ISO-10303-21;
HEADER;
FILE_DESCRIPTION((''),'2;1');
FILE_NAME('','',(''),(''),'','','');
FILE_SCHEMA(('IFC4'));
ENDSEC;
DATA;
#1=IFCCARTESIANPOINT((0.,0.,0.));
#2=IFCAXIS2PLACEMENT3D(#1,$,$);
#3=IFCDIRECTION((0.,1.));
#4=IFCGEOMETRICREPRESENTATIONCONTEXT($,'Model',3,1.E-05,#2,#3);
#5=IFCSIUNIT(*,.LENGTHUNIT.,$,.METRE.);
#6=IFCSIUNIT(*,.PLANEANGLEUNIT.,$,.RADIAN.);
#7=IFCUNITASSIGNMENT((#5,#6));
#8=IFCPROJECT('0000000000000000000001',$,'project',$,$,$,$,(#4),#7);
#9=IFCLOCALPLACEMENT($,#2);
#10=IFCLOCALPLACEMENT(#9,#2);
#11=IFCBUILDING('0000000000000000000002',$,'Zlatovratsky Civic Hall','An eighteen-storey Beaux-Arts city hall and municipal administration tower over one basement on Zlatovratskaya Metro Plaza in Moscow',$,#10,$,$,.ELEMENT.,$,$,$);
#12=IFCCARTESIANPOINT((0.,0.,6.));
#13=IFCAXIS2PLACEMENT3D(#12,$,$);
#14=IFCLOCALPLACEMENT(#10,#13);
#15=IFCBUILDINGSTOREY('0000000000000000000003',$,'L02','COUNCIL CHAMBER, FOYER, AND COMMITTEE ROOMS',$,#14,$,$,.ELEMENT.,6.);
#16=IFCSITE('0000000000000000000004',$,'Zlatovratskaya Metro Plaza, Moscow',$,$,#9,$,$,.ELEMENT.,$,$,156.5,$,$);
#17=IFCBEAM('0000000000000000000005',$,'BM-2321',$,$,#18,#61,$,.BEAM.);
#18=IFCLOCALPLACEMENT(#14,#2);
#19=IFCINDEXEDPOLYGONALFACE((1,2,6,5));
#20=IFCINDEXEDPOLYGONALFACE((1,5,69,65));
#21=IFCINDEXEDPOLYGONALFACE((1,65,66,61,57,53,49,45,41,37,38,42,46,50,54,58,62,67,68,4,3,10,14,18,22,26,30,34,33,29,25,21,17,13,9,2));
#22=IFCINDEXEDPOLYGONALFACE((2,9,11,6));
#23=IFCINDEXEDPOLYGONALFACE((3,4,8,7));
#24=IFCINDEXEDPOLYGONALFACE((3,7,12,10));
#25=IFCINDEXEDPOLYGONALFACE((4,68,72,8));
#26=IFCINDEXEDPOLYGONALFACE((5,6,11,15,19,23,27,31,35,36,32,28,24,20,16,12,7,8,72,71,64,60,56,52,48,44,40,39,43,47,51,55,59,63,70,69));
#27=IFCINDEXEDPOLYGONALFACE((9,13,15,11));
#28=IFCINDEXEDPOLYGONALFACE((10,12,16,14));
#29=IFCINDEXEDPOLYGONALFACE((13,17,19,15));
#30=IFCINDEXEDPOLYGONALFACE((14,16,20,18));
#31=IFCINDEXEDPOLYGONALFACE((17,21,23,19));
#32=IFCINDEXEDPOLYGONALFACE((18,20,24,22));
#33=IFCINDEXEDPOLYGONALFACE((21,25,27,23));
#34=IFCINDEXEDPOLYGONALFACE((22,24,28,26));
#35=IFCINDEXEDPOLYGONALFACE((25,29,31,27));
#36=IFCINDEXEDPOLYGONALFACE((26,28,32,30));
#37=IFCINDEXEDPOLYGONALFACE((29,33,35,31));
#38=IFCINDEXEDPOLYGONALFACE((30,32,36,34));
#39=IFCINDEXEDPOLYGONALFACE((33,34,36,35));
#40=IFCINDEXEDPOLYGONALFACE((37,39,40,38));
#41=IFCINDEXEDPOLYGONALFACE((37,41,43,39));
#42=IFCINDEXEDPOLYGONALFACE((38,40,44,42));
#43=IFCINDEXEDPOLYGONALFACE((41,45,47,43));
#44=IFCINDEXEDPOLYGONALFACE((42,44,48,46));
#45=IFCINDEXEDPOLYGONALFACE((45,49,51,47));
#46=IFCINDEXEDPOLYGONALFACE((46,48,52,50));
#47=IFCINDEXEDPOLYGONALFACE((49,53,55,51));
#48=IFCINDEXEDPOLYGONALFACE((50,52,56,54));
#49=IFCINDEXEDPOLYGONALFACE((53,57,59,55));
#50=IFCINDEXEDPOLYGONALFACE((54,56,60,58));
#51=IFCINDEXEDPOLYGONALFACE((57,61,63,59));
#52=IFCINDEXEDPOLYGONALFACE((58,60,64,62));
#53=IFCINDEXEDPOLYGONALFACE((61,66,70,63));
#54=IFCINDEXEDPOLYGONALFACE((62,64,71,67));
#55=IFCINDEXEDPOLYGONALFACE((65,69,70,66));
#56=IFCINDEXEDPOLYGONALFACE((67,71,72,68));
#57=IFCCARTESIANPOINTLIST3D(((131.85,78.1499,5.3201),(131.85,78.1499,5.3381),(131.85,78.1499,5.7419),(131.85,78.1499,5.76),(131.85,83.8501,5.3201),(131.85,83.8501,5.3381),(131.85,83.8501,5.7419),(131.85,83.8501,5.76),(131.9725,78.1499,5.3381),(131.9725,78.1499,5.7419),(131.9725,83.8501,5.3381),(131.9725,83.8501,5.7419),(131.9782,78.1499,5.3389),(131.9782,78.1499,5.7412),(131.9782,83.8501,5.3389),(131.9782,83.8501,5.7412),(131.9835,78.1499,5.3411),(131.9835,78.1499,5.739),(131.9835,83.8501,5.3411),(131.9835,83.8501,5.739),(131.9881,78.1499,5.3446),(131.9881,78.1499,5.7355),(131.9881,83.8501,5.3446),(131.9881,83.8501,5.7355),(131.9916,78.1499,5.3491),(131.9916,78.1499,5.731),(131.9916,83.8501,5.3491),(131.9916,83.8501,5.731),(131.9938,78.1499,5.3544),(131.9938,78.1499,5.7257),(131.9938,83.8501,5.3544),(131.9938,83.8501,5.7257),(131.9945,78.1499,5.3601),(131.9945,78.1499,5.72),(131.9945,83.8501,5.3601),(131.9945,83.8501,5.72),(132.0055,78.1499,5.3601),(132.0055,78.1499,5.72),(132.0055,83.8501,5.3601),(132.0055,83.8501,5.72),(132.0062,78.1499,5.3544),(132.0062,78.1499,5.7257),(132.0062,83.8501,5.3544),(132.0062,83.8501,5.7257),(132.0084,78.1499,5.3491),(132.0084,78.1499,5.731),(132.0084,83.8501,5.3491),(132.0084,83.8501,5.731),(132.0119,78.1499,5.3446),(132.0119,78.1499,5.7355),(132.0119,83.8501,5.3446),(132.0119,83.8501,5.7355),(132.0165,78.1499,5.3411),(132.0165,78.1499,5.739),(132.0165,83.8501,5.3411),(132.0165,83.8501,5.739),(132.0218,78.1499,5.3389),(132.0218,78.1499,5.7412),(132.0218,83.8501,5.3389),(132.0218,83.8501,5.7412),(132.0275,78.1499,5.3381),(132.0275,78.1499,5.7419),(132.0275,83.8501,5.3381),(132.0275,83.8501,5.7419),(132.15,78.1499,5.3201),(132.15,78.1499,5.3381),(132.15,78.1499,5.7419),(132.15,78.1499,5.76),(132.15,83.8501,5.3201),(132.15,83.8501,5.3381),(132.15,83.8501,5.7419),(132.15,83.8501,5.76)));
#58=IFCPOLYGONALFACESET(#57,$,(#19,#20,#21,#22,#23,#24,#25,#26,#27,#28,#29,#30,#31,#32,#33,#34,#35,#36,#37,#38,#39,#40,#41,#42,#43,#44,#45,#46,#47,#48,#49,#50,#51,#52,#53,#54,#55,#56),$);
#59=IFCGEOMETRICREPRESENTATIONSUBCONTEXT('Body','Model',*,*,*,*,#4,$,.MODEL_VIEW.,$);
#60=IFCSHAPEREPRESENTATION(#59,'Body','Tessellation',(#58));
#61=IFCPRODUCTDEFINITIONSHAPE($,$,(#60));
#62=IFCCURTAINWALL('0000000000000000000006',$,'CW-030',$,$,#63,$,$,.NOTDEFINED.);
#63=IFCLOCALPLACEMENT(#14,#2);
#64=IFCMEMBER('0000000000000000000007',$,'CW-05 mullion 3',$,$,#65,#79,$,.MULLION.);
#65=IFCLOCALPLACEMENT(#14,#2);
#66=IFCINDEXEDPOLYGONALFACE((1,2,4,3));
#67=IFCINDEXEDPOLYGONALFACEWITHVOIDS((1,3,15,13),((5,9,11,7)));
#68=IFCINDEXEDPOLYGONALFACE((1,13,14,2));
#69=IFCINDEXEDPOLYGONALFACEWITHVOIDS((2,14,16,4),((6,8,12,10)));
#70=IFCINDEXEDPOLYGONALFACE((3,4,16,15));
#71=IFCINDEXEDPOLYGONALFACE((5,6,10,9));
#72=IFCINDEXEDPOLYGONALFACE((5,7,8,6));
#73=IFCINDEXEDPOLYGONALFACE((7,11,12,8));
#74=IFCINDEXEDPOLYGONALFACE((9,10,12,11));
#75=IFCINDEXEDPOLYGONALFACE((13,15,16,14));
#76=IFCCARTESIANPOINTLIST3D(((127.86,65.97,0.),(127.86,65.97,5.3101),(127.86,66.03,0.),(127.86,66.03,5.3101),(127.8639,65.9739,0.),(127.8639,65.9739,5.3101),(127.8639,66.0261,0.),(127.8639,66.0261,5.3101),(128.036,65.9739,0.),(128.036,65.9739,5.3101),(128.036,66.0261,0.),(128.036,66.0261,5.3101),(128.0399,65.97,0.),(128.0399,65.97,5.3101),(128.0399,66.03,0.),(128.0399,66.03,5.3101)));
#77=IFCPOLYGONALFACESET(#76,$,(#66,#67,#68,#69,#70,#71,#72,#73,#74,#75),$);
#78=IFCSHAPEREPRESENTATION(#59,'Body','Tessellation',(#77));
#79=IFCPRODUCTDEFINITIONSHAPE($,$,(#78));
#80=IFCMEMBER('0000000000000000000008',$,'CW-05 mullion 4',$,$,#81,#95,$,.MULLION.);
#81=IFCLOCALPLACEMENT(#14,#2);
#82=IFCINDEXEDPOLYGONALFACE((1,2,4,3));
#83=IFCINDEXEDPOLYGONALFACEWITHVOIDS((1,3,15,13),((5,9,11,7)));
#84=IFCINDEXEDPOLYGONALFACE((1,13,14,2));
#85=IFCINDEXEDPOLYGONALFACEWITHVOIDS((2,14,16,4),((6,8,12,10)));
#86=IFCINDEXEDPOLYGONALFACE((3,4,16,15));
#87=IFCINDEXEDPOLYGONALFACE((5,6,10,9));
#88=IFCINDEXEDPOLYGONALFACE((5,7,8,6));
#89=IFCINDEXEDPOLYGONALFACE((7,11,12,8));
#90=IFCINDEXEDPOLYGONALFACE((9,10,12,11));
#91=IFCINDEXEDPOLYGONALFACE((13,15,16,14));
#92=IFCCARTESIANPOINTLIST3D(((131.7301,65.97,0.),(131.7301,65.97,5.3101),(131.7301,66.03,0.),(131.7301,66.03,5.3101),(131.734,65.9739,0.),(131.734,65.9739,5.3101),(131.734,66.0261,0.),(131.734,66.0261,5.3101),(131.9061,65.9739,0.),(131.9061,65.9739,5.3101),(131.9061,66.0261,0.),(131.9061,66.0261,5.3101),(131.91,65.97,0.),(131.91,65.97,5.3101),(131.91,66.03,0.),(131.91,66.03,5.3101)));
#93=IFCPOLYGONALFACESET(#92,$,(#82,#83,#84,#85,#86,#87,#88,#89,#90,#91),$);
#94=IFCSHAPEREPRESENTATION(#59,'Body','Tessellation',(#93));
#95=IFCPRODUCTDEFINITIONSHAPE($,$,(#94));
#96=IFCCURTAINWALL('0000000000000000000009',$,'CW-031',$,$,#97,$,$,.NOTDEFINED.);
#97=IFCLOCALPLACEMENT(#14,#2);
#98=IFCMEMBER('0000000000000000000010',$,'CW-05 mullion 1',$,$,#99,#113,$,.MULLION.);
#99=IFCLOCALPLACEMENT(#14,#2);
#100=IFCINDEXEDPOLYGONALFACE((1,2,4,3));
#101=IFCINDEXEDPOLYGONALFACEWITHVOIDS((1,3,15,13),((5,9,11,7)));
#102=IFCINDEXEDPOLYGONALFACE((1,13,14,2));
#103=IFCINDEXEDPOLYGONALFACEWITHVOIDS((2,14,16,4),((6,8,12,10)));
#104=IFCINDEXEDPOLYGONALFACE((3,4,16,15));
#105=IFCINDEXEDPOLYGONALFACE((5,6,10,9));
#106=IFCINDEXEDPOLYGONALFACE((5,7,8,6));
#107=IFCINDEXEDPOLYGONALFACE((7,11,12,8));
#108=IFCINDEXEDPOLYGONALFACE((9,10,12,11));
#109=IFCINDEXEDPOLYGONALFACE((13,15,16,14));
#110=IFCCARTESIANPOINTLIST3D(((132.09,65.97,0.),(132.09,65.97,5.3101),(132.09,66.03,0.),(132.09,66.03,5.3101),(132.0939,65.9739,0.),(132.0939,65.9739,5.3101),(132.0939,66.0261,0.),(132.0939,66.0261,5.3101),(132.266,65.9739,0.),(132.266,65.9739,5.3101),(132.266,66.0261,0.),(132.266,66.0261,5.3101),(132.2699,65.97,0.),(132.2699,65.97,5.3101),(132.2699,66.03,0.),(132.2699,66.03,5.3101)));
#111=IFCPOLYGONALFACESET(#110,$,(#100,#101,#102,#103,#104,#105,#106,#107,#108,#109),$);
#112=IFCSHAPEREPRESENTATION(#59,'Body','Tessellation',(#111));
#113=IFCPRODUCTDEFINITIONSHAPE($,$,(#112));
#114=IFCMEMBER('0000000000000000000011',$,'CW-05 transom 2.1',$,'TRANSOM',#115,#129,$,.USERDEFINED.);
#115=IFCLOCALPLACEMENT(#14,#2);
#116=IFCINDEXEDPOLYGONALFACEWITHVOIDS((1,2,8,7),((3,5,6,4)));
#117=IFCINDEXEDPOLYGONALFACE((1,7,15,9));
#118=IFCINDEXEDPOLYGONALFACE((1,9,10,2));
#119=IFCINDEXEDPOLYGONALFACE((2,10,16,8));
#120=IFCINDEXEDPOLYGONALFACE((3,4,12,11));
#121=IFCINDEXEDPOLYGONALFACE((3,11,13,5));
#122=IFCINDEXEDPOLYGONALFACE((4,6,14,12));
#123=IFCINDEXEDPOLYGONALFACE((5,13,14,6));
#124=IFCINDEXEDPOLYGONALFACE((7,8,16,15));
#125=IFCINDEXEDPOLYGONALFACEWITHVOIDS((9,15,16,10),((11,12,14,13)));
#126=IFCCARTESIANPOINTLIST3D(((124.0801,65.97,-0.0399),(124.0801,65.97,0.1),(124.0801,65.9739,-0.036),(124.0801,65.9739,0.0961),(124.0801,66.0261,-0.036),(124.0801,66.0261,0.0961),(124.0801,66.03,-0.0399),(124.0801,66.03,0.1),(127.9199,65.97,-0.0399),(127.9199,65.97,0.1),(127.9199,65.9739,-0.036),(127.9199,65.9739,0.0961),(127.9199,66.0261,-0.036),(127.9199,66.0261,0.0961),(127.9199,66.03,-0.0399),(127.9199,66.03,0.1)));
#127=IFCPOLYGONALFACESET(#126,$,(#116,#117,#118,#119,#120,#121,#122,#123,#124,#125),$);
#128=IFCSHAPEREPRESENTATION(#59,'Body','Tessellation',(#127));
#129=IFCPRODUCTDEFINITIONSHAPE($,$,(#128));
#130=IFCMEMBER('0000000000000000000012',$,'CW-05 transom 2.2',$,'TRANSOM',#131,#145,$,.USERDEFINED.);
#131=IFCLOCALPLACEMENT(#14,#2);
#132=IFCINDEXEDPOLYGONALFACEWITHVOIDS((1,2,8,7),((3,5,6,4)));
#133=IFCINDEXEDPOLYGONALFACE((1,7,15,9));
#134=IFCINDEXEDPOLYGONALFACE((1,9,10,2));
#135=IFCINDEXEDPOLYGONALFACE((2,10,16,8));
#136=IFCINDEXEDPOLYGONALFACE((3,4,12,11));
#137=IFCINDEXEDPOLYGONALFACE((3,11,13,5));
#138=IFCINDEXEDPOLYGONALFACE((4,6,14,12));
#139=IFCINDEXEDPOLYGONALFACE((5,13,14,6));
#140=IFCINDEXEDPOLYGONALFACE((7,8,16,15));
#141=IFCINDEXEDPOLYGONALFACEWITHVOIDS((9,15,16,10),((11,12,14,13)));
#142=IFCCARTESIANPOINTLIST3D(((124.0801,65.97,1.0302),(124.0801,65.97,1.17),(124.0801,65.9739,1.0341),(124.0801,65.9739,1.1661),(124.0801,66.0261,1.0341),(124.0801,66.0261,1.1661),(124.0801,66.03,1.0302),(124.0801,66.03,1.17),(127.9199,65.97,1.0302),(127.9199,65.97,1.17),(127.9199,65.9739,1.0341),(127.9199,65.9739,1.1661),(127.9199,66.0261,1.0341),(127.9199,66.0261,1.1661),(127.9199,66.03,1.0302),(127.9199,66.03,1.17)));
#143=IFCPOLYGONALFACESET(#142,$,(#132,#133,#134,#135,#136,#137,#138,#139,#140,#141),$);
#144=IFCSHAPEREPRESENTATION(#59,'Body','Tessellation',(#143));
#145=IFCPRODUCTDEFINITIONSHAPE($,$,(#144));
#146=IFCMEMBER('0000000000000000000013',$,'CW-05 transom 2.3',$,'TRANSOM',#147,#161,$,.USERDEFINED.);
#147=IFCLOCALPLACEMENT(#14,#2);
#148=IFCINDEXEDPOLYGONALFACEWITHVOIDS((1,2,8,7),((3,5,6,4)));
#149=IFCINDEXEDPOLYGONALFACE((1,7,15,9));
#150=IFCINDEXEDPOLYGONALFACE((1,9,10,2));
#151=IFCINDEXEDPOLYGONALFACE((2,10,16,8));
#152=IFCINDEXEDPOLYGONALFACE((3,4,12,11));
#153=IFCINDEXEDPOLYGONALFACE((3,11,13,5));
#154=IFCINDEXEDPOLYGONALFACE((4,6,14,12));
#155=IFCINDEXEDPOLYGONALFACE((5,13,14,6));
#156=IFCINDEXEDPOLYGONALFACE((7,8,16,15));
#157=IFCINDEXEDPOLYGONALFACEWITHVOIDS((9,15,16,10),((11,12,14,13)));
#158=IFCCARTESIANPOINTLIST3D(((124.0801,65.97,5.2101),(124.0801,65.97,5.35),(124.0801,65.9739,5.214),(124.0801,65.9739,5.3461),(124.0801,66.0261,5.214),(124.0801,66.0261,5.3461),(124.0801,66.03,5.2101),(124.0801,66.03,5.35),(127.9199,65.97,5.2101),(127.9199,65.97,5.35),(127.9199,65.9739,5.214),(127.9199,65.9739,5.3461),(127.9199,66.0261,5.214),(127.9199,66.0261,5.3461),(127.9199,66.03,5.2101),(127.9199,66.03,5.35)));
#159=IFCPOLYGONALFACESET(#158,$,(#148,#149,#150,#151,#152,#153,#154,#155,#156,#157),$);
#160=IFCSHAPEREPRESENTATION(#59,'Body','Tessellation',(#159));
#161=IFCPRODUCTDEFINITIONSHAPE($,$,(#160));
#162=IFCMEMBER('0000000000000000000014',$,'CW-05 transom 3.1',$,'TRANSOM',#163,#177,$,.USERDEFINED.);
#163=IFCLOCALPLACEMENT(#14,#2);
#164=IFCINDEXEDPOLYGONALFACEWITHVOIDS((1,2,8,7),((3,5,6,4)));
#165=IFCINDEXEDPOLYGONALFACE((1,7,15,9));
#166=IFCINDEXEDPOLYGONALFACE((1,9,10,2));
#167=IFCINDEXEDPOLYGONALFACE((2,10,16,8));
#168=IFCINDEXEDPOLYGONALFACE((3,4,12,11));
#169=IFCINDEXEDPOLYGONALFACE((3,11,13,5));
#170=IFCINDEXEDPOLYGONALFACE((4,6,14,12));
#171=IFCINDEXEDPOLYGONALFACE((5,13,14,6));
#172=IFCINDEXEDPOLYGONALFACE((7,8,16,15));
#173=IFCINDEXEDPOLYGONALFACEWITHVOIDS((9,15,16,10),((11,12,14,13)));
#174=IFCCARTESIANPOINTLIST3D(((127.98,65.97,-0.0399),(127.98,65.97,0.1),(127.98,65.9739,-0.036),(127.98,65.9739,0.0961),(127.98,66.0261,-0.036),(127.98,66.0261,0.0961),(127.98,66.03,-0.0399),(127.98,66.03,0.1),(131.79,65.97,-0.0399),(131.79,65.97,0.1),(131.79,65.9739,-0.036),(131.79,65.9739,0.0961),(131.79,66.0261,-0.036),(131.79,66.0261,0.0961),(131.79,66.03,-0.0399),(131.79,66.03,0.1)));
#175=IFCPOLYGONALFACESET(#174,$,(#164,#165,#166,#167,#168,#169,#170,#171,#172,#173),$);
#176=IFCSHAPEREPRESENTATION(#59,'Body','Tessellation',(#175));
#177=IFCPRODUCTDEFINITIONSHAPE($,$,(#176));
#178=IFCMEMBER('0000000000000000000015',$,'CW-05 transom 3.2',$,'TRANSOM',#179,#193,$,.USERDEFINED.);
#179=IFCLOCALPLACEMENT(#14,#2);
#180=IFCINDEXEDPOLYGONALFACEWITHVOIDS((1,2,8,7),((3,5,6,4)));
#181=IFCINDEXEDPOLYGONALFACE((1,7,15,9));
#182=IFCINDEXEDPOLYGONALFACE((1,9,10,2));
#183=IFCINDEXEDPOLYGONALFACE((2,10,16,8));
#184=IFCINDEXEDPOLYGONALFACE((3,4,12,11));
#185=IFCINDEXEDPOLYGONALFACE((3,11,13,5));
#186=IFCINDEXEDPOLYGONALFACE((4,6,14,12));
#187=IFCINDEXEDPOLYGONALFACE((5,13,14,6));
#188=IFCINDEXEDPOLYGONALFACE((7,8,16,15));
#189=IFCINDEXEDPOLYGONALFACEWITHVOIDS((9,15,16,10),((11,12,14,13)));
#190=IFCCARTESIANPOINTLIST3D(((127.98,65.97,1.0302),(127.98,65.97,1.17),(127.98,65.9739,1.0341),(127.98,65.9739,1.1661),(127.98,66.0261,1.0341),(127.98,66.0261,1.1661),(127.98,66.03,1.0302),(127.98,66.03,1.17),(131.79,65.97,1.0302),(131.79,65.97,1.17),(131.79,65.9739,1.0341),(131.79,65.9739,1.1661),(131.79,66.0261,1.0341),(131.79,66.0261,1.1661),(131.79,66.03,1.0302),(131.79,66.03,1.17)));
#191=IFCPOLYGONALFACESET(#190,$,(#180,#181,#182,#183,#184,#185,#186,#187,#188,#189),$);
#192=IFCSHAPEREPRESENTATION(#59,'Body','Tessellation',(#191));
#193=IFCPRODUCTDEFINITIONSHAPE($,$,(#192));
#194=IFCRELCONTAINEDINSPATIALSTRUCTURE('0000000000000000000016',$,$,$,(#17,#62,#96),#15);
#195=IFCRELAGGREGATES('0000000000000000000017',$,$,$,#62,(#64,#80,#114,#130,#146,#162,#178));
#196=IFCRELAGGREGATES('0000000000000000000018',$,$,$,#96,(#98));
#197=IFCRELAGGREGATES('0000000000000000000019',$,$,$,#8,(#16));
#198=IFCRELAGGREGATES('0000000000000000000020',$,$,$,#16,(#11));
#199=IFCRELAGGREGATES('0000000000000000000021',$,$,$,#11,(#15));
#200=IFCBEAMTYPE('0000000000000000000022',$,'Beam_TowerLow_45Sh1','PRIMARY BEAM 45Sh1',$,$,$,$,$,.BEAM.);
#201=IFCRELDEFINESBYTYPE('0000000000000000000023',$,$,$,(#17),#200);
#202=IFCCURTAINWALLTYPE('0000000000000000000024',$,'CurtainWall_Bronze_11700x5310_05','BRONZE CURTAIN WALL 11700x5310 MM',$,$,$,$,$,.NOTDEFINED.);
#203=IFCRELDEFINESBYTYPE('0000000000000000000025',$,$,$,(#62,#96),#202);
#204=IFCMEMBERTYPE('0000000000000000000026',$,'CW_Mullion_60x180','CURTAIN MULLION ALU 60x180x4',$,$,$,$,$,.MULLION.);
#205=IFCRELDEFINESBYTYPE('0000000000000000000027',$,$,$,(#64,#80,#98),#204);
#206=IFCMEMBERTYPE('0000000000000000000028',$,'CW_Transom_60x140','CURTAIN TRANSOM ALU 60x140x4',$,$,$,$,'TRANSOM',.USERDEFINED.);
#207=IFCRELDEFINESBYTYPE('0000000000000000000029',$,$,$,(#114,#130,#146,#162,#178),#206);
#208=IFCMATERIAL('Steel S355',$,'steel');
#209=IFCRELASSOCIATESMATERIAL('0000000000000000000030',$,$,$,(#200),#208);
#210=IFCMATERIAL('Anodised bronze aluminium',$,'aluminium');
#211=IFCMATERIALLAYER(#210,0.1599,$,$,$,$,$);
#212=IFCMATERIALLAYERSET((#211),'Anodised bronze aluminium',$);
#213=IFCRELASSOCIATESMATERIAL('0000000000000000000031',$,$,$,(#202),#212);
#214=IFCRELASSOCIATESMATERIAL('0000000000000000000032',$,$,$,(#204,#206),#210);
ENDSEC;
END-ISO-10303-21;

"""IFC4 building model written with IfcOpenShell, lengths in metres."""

from ifc_helpers import new_model, si_unit, direction, frame, origin, origin_2d, place, context, subcontext, project, spatial, hollow_rectangle, i_section, extrude, material, layer, layer_set, material_profile, profile_set, type_object, element, aggregate, save


model = new_model("IFC4")

# Units and contexts
model_context = context("Model", 3, precision=1e-05, world=origin(), true_north=direction((0.0, 1.0)))
body_context = subcontext(model_context, "Body", "Model", "MODEL_VIEW")
ifc_project = project(units=[si_unit("LENGTHUNIT", "METRE"), si_unit("PLANEANGLEUNIT", "RADIAN")], contexts=[model_context])

# Site, building, storey
site_placement = place(None, origin())
site = spatial("IfcSite", under=ifc_project, at=site_placement, Name="Zlatovratskaya Metro Plaza, Moscow", CompositionType="ELEMENT", RefElevation=156.5)
building_placement = place(site_placement, origin())
building = spatial("IfcBuilding", under=site, at=building_placement, Name="Zlatovratsky Civic Hall", Description="An eighteen-storey Beaux-Arts city hall and municipal administration tower over one basement on Zlatovratskaya Metro Plaza in Moscow", CompositionType="ELEMENT")
storey_placement = place(building_placement, frame((0.0, 0.0, 6.0)))
storey = spatial("IfcBuildingStorey", under=building, at=storey_placement, Name="L02", Description="COUNCIL CHAMBER, FOYER, AND COMMITTEE ROOMS", CompositionType="ELEMENT", Elevation=6.0)

# Shared definitions
ifc_material_1 = material(Name="Steel S355", Category="steel")

# Beam
ifc_material_profile_1 = material_profile(ifc_material_1, i_section(OverallWidth=0.3, OverallDepth=0.4399, WebThickness=0.011, FlangeThickness=0.0181, FilletRadius=0.022, at=origin_2d()), Name="45Sh1")
ifc_profile_set_1 = profile_set([ifc_material_profile_1], Name="Steel S355")
beam_type_1 = type_object("IfcBeamType", Name="Beam_TowerLow_45Sh1", Description="PRIMARY BEAM 45Sh1", PredefinedType="BEAM", material=ifc_profile_set_1)
for number, where, z_axis, x_axis, name in (
    (1, (132.0, 78.1499, 5.54), (0.0, 1.0, 0.0), (-1.0, 0.0, 0.0), "BM-2321"),
):
    element("IfcBeam", number, at=place(storey_placement, frame(where, z_axis=z_axis, x_axis=x_axis)), inside=storey, type_object=beam_type_1, Name=name, PredefinedType="BEAM", context=body_context, shape_type="SweptSolid", body=[
        extrude(i_section(OverallWidth=0.3, OverallDepth=0.4399, WebThickness=0.011, FlangeThickness=0.0181, FilletRadius=0.022, at=origin_2d()), origin(), (0.0, 0.0, 1.0), 5.7002),
    ])

# Curtain wall, members
ifc_material_2 = material(Name="Anodised bronze aluminium", Category="aluminium")
ifc_layer_1 = layer(ifc_material_2, 0.1599)
ifc_layer_set_1 = layer_set([ifc_layer_1], Name="Anodised bronze aluminium")
curtain_wall_type = type_object("IfcCurtainWallType", Name="CurtainWall_Bronze_11700x5310_05", Description="BRONZE CURTAIN WALL 11700x5310 MM", PredefinedType="NOTDEFINED", material=ifc_layer_set_1)
curtain_wall_1_placement = place(storey_placement, origin())
curtain_wall_1 = element("IfcCurtainWall", 2, at=curtain_wall_1_placement, inside=storey, type_object=curtain_wall_type, Name="CW-030", PredefinedType="NOTDEFINED")
ifc_material_profile_2 = material_profile(ifc_material_2, hollow_rectangle(XDim=0.0601, YDim=0.1799, WallThickness=0.0039, at=origin_2d()), Name="ALU 60x180x4")
ifc_profile_set_2 = profile_set([ifc_material_profile_2], Name="Anodised bronze aluminium")
member_type_1 = type_object("IfcMemberType", Name="CW_Mullion_60x180", Description="CURTAIN MULLION ALU 60x180x4", PredefinedType="MULLION", material=ifc_profile_set_2)
member_1_placement = place(storey_placement, frame((127.95, 66.0, 0.0), z_axis=(0.0, 0.0, 1.0), x_axis=(0.0, 1.0, 0.0)))
member_1 = element("IfcMember", 3, at=member_1_placement, type_object=member_type_1, Name="CW-05 mullion 3", PredefinedType="MULLION", context=body_context, shape_type="SweptSolid", body=[
    extrude(hollow_rectangle(XDim=0.0601, YDim=0.1799, WallThickness=0.0039, at=origin_2d()), origin(), (0.0, 0.0, 1.0), 5.3101),
])
member_2_placement = place(storey_placement, frame((131.8201, 66.0, 0.0), z_axis=(0.0, 0.0, 1.0), x_axis=(0.0, 1.0, 0.0)))
member_2 = element("IfcMember", 4, at=member_2_placement, type_object=member_type_1, Name="CW-05 mullion 4", PredefinedType="MULLION", context=body_context, shape_type="SweptSolid", body=[
    extrude(hollow_rectangle(XDim=0.0601, YDim=0.1799, WallThickness=0.0039, at=origin_2d()), origin(), (0.0, 0.0, 1.0), 5.3101),
])

# Curtain wall, member
curtain_wall_2_placement = place(storey_placement, origin())
curtain_wall_2 = element("IfcCurtainWall", 5, at=curtain_wall_2_placement, inside=storey, type_object=curtain_wall_type, Name="CW-031", PredefinedType="NOTDEFINED")
member_3_placement = place(storey_placement, frame((132.1799, 66.0, 0.0), z_axis=(0.0, 0.0, 1.0), x_axis=(0.0, 1.0, 0.0)))
member_3 = element("IfcMember", 6, at=member_3_placement, type_object=member_type_1, Name="CW-05 mullion 1", PredefinedType="MULLION", context=body_context, shape_type="SweptSolid", body=[
    extrude(hollow_rectangle(XDim=0.0601, YDim=0.1799, WallThickness=0.0039, at=origin_2d()), origin(), (0.0, 0.0, 1.0), 5.3101),
])

# Members
ifc_material_profile_3 = material_profile(ifc_material_2, hollow_rectangle(XDim=0.0601, YDim=0.1399, WallThickness=0.0039, at=origin_2d()), Name="ALU 60x140x4")
ifc_profile_set_3 = profile_set([ifc_material_profile_3], Name="Anodised bronze aluminium")
member_type_2 = type_object("IfcMemberType", Name="CW_Transom_60x140", Description="CURTAIN TRANSOM ALU 60x140x4", ElementType="TRANSOM", PredefinedType="USERDEFINED", material=ifc_profile_set_3)
member_4_placement = place(storey_placement, frame((124.0801, 66.0, 0.03), z_axis=(1.0, 0.0, 0.0), x_axis=(0.0, 1.0, 0.0)))
member_4 = element("IfcMember", 7, at=member_4_placement, type_object=member_type_2, Name="CW-05 transom 2.1", ObjectType="TRANSOM", PredefinedType="USERDEFINED", context=body_context, shape_type="SweptSolid", body=[
    extrude(hollow_rectangle(XDim=0.0601, YDim=0.1399, WallThickness=0.0039, at=origin_2d()), origin(), (0.0, 0.0, 1.0), 3.8398),
])
member_5_placement = place(storey_placement, frame((124.0801, 66.0, 1.1001), z_axis=(1.0, 0.0, 0.0), x_axis=(0.0, 1.0, 0.0)))
member_5 = element("IfcMember", 8, at=member_5_placement, type_object=member_type_2, Name="CW-05 transom 2.2", ObjectType="TRANSOM", PredefinedType="USERDEFINED", context=body_context, shape_type="SweptSolid", body=[
    extrude(hollow_rectangle(XDim=0.0601, YDim=0.1399, WallThickness=0.0039, at=origin_2d()), origin(), (0.0, 0.0, 1.0), 3.8398),
])
member_6_placement = place(storey_placement, frame((124.0801, 66.0, 5.28), z_axis=(1.0, 0.0, 0.0), x_axis=(0.0, 1.0, 0.0)))
member_6 = element("IfcMember", 9, at=member_6_placement, type_object=member_type_2, Name="CW-05 transom 2.3", ObjectType="TRANSOM", PredefinedType="USERDEFINED", context=body_context, shape_type="SweptSolid", body=[
    extrude(hollow_rectangle(XDim=0.0601, YDim=0.1399, WallThickness=0.0039, at=origin_2d()), origin(), (0.0, 0.0, 1.0), 3.8398),
])
member_7_placement = place(storey_placement, frame((127.98, 66.0, 0.03), z_axis=(1.0, 0.0, 0.0), x_axis=(0.0, 1.0, 0.0)))
member_7 = element("IfcMember", 10, at=member_7_placement, type_object=member_type_2, Name="CW-05 transom 3.1", ObjectType="TRANSOM", PredefinedType="USERDEFINED", context=body_context, shape_type="SweptSolid", body=[
    extrude(hollow_rectangle(XDim=0.0601, YDim=0.1399, WallThickness=0.0039, at=origin_2d()), origin(), (0.0, 0.0, 1.0), 3.8101),
])
member_8_placement = place(storey_placement, frame((127.98, 66.0, 1.1001), z_axis=(1.0, 0.0, 0.0), x_axis=(0.0, 1.0, 0.0)))
member_8 = element("IfcMember", 11, at=member_8_placement, type_object=member_type_2, Name="CW-05 transom 3.2", ObjectType="TRANSOM", PredefinedType="USERDEFINED", context=body_context, shape_type="SweptSolid", body=[
    extrude(hollow_rectangle(XDim=0.0601, YDim=0.1399, WallThickness=0.0039, at=origin_2d()), origin(), (0.0, 0.0, 1.0), 3.8101),
])

aggregate(curtain_wall_1, [member_1, member_2, member_4, member_5, member_6, member_7, member_8])
aggregate(curtain_wall_2, [member_3])

save(model, "model.ifc")
